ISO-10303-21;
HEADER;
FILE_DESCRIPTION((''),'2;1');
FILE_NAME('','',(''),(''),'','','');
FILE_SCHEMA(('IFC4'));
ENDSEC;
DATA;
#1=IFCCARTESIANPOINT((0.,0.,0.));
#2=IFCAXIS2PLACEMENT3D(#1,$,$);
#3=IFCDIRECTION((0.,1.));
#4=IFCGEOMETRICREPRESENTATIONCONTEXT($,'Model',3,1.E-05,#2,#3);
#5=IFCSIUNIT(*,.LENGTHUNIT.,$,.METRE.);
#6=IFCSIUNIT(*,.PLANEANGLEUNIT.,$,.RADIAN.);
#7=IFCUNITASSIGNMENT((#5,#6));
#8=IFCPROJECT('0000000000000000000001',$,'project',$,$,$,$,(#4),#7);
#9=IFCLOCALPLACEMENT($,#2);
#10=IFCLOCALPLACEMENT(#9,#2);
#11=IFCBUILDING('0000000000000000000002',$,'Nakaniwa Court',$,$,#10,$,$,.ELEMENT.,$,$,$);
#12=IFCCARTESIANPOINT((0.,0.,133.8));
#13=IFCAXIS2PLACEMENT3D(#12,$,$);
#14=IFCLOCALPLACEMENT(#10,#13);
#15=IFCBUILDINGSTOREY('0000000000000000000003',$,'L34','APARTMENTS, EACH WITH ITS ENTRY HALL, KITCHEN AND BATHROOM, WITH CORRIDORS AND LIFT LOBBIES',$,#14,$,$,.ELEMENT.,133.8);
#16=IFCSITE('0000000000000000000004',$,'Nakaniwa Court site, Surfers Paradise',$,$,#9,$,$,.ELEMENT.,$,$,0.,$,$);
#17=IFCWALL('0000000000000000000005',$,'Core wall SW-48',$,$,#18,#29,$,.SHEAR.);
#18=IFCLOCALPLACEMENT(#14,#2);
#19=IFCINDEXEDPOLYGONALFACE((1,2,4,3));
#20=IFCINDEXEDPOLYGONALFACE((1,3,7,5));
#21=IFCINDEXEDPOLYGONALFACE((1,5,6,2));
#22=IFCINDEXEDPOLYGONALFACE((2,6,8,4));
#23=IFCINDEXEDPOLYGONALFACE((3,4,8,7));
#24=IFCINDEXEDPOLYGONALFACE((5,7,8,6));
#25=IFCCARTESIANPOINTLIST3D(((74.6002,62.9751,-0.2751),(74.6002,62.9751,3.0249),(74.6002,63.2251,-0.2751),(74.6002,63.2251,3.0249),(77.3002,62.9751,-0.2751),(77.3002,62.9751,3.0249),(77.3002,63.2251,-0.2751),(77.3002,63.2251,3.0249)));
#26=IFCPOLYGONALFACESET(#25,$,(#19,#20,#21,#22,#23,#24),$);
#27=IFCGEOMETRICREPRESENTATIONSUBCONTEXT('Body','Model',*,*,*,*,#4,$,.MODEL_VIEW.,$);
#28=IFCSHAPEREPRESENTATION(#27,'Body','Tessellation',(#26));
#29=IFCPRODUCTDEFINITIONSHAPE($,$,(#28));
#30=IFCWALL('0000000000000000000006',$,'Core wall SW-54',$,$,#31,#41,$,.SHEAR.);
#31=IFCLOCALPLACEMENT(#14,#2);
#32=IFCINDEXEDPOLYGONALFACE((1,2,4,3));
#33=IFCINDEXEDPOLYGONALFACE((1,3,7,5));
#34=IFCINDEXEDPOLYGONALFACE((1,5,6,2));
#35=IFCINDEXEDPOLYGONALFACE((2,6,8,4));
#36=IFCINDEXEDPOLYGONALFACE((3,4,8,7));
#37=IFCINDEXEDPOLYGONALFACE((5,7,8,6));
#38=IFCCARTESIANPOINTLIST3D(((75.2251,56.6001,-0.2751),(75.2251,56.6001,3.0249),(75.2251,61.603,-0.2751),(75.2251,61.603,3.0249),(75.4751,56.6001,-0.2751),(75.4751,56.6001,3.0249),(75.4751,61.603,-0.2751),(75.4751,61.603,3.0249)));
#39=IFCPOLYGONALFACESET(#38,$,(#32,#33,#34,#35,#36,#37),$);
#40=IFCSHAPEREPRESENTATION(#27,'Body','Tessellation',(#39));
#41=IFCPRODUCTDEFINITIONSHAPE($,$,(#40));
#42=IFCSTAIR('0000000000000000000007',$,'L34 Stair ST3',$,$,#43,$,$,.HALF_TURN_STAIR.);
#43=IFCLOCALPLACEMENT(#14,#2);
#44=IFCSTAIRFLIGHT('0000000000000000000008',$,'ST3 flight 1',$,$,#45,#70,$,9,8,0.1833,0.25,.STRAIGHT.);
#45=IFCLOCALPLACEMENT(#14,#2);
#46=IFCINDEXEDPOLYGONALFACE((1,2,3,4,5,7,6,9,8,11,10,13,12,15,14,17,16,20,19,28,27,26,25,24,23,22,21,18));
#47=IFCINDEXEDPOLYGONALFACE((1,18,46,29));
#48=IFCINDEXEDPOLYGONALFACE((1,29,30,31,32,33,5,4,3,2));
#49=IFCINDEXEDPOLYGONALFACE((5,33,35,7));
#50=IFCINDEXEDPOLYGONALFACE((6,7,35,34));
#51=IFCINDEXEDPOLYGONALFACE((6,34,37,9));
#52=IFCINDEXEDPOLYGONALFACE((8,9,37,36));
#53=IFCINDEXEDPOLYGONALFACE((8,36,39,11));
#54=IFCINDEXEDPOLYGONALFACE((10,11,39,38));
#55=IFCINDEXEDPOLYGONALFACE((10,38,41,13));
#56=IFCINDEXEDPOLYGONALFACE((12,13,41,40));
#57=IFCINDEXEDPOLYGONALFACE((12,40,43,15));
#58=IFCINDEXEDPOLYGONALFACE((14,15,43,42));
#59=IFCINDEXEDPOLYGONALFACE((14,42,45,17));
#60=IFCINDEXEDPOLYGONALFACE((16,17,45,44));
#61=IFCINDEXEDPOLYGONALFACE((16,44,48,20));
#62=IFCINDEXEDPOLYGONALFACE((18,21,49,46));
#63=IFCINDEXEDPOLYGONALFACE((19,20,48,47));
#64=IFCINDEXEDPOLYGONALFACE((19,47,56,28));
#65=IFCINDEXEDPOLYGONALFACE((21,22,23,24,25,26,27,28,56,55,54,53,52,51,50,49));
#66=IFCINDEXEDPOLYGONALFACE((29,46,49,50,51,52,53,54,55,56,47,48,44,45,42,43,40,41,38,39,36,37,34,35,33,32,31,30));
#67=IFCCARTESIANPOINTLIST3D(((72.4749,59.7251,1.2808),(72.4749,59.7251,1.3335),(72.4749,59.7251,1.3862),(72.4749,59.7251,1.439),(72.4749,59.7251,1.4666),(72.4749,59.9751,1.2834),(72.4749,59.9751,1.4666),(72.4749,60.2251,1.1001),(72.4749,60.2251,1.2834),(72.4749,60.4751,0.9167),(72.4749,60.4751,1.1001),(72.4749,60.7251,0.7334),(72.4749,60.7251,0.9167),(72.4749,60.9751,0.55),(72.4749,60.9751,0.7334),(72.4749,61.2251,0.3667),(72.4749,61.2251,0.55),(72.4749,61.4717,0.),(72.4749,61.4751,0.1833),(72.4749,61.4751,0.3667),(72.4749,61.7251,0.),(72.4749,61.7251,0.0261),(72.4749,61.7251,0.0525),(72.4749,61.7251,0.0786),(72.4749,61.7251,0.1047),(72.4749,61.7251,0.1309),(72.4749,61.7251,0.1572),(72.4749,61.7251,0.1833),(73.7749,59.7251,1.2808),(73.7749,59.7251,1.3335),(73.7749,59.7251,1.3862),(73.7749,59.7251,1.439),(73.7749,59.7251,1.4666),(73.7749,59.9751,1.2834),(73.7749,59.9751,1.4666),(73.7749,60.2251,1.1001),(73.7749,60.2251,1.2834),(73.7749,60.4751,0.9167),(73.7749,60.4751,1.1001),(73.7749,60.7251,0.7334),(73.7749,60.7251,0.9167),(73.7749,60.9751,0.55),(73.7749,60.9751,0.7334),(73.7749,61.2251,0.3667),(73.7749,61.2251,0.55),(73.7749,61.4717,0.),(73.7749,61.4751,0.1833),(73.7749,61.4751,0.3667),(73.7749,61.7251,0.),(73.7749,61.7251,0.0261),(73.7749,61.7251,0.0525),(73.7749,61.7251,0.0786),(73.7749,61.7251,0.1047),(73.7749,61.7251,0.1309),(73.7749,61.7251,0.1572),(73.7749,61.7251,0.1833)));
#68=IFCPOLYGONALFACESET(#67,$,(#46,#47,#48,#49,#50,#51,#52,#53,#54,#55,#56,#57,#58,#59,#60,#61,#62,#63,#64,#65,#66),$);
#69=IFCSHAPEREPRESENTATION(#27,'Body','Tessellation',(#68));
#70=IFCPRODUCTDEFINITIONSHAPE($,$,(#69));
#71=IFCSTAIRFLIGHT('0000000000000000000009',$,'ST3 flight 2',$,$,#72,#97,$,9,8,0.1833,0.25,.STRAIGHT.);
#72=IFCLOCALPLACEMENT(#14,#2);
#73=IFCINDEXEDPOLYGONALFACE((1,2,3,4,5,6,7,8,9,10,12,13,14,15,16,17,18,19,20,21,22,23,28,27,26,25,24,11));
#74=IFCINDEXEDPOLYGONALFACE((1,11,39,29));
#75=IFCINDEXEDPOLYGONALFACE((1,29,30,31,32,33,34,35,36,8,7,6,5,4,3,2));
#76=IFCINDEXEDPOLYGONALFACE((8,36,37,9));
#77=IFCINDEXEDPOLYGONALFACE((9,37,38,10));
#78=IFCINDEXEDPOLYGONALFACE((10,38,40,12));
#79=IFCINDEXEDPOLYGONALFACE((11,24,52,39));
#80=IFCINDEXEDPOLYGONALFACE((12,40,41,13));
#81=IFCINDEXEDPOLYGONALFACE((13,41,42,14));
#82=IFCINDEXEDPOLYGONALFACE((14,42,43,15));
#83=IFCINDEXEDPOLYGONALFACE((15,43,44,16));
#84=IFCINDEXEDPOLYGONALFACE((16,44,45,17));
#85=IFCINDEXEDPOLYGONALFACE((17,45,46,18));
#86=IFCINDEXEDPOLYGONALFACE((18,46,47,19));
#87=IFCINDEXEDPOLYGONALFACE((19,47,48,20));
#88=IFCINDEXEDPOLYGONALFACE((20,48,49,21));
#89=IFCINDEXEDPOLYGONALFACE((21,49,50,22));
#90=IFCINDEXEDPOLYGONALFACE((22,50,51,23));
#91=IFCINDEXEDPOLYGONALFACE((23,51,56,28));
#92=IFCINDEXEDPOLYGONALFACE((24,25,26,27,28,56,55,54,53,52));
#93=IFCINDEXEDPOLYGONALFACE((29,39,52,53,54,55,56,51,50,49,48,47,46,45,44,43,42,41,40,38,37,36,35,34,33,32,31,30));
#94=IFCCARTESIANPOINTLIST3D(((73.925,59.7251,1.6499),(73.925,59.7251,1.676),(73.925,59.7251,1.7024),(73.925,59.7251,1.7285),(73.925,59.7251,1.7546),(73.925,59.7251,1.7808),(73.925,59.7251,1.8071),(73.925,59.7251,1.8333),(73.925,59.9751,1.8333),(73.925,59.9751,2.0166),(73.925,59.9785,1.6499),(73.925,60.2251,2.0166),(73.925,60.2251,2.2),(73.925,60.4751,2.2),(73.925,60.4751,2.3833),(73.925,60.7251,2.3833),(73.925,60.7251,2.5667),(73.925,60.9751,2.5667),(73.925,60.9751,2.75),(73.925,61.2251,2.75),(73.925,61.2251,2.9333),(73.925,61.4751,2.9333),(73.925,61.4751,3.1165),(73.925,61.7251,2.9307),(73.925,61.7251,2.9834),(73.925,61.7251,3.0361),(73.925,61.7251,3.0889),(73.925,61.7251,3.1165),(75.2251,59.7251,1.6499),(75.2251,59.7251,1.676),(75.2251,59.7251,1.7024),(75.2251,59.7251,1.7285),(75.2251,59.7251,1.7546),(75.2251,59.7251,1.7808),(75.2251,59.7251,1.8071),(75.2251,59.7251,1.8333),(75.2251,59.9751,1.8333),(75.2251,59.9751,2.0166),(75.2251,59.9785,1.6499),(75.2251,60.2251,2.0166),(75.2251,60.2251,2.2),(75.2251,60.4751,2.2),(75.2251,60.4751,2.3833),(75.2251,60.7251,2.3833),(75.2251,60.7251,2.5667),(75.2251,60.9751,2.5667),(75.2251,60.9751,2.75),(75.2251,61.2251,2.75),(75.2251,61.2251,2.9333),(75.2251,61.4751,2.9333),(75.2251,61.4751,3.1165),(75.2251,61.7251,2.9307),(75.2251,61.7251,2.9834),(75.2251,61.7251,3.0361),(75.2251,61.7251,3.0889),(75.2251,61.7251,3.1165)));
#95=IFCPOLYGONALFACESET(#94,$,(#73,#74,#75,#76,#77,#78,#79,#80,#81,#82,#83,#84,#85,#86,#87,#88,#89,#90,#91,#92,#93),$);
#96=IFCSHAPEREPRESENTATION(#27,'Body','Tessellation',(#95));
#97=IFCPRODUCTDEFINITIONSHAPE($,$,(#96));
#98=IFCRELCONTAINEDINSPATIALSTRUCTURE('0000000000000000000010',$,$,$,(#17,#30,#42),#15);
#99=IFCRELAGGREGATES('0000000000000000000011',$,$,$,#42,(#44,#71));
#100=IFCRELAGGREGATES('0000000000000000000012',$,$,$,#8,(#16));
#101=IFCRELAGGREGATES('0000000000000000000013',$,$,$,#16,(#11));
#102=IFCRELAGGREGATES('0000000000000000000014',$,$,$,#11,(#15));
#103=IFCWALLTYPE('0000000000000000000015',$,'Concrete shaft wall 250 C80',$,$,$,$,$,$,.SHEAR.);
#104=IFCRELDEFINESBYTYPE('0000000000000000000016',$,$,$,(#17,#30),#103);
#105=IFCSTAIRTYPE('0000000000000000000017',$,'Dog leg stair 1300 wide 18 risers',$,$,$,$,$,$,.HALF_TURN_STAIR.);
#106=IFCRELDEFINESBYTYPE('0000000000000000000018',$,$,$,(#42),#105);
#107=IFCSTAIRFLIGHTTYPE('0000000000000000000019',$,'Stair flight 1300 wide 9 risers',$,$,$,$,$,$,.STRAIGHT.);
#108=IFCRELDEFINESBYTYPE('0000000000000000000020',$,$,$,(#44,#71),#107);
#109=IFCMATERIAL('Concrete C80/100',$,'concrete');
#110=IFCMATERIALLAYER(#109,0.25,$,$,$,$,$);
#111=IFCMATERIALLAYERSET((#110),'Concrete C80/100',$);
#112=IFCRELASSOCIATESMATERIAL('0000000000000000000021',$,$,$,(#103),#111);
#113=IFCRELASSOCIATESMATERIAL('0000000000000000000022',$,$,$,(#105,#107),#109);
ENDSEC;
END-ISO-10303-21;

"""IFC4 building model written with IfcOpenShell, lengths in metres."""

from ifc_helpers import new_model, si_unit, direction, frame, frame_2d, origin, place, context, subcontext, project, spatial, polyline, rectangle, outline, extrude, material, layer, layer_set, type_object, element, aggregate, save


model = new_model("IFC4")

# Units and contexts
model_context = context("Model", 3, precision=1e-05, world=origin(), true_north=direction((0.0, 1.0)))
body_context = subcontext(model_context, "Body", "Model", "MODEL_VIEW")
ifc_project = project(units=[si_unit("LENGTHUNIT", "METRE"), si_unit("PLANEANGLEUNIT", "RADIAN")], contexts=[model_context])

# Site, building, storey
site_placement = place(None, origin())
site = spatial("IfcSite", under=ifc_project, at=site_placement, Name="Nakaniwa Court site, Surfers Paradise", CompositionType="ELEMENT", RefElevation=0.0)
building_placement = place(site_placement, origin())
building = spatial("IfcBuilding", under=site, at=building_placement, Name="Nakaniwa Court", CompositionType="ELEMENT")
storey_placement = place(building_placement, frame((0.0, 0.0, 133.8)))
storey = spatial("IfcBuildingStorey", under=building, at=storey_placement, Name="L34", Description="APARTMENTS, EACH WITH ITS ENTRY HALL, KITCHEN AND BATHROOM, WITH CORRIDORS AND LIFT LOBBIES", CompositionType="ELEMENT", Elevation=133.8)

# Shared definitions
ifc_material_1 = material(Name="Concrete C80/100", Category="concrete")

# Walls
ifc_layer_1 = layer(ifc_material_1, 0.25)
ifc_layer_set_1 = layer_set([ifc_layer_1], Name="Concrete C80/100")
wall_type_1 = type_object("IfcWallType", Name="Concrete shaft wall 250 C80", PredefinedType="SHEAR", material=ifc_layer_set_1)
wall_1_placement = place(storey_placement, frame((74.6001, 63.1001, -0.2751), z_axis=(0.0, 0.0, 1.0), x_axis=(1.0, 0.0, 0.0)))
element("IfcWall", 1, at=wall_1_placement, inside=storey, type_object=wall_type_1, Name="Core wall SW-48", PredefinedType="SHEAR", context=body_context, shape_type="SweptSolid", body=[
    extrude(rectangle(XDim=2.7, YDim=0.25, at=frame_2d((1.3501, 0.0))), origin(), (0.0, 0.0, 1.0), 3.3),
])
wall_2_placement = place(storey_placement, frame((75.3501, 56.6001, -0.2751), z_axis=(0.0, 0.0, 1.0), x_axis=(0.0, 1.0, 0.0)))
element("IfcWall", 2, at=wall_2_placement, inside=storey, type_object=wall_type_1, Name="Core wall SW-54", PredefinedType="SHEAR", context=body_context, shape_type="SweptSolid", body=[
    extrude(rectangle(XDim=5.0029, YDim=0.25, at=frame_2d((2.5015, 0.0))), origin(), (0.0, 0.0, 1.0), 3.3),
])

# Stair, stair flights
stair_type = type_object("IfcStairType", Name="Dog leg stair 1300 wide 18 risers", PredefinedType="HALF_TURN_STAIR", material=ifc_material_1)
stair_placement = place(storey_placement, origin())
stair = element("IfcStair", 3, at=stair_placement, inside=storey, type_object=stair_type, Name="L34 Stair ST3", PredefinedType="HALF_TURN_STAIR")
stair_flight_type = type_object("IfcStairFlightType", Name="Stair flight 1300 wide 9 risers", PredefinedType="STRAIGHT", material=ifc_material_1)
stair_flight_1_placement = place(storey_placement, frame((73.125, 61.7251, 0.0), z_axis=(0.0, 0.0, 1.0), x_axis=(0.0, -1.0, 0.0)))
stair_flight_1 = element("IfcStairFlight", 4, at=stair_flight_1_placement, type_object=stair_flight_type, Name="ST3 flight 1", NumberOfRisers=9, NumberOfTreads=8, PredefinedType="STRAIGHT", RiserHeight=0.1833, TreadLength=0.25, context=body_context, shape_type="SweptSolid", body=[
    extrude(outline(polyline([(0.0, 0.0), (0.0, 0.0261), (0.0, 0.0525), (0.0, 0.0786), (0.0, 0.1047), (0.0, 0.1309), (0.0, 0.1572), (0.0, 0.1833), (0.25, 0.1833), (0.25, 0.3667), (0.5, 0.3667), (0.5, 0.55), (0.75, 0.55), (0.75, 0.7334), (1.0, 0.7334), (1.0, 0.9167), (1.25, 0.9167), (1.25, 1.1001), (1.5, 1.1001), (1.5, 1.2834), (1.75, 1.2834), (1.75, 1.4666), (2.0, 1.4666), (2.0, 1.6499), (2.0, 1.5972), (2.0, 1.5444), (2.0, 1.4917), (2.0, 1.439), (2.0, 1.3862), (2.0, 1.3335), (2.0, 1.2808), (0.2534, 0.0), (0.0, 0.0)])), frame((0.0, 0.6499, 0.0), z_axis=(0.0, -1.0, 0.0), x_axis=(1.0, 0.0, 0.0)), (0.0, 0.0, 1.0), 1.3),
])
stair_flight_2_placement = place(storey_placement, frame((74.575, 59.7251, 1.6499), z_axis=(0.0, 0.0, 1.0), x_axis=(0.0, 1.0, 0.0)))
stair_flight_2 = element("IfcStairFlight", 5, at=stair_flight_2_placement, type_object=stair_flight_type, Name="ST3 flight 2", NumberOfRisers=9, NumberOfTreads=8, PredefinedType="STRAIGHT", RiserHeight=0.1833, TreadLength=0.25, context=body_context, shape_type="SweptSolid", body=[
    extrude(outline(polyline([(0.0, 0.0), (0.0, 0.0261), (0.0, 0.0525), (0.0, 0.0786), (0.0, 0.1047), (0.0, 0.1309), (0.0, 0.1572), (0.0, 0.1833), (0.25, 0.1833), (0.25, 0.3667), (0.5, 0.3667), (0.5, 0.55), (0.75, 0.55), (0.75, 0.7334), (1.0, 0.7334), (1.0, 0.9167), (1.25, 0.9167), (1.25, 1.1001), (1.5, 1.1001), (1.5, 1.2834), (1.75, 1.2834), (1.75, 1.4666), (2.0, 1.4666), (2.0, 1.6499), (2.0, 1.5972), (2.0, 1.5444), (2.0, 1.4917), (2.0, 1.439), (2.0, 1.3862), (2.0, 1.3335), (2.0, 1.2808), (0.2534, 0.0), (0.0, 0.0)])), frame((0.0, 0.6499, 0.0), z_axis=(0.0, -1.0, 0.0), x_axis=(1.0, 0.0, 0.0)), (0.0, 0.0, 1.0), 1.3),
])
aggregate(stair, [stair_flight_1, stair_flight_2])

save(model, "model.ifc")
